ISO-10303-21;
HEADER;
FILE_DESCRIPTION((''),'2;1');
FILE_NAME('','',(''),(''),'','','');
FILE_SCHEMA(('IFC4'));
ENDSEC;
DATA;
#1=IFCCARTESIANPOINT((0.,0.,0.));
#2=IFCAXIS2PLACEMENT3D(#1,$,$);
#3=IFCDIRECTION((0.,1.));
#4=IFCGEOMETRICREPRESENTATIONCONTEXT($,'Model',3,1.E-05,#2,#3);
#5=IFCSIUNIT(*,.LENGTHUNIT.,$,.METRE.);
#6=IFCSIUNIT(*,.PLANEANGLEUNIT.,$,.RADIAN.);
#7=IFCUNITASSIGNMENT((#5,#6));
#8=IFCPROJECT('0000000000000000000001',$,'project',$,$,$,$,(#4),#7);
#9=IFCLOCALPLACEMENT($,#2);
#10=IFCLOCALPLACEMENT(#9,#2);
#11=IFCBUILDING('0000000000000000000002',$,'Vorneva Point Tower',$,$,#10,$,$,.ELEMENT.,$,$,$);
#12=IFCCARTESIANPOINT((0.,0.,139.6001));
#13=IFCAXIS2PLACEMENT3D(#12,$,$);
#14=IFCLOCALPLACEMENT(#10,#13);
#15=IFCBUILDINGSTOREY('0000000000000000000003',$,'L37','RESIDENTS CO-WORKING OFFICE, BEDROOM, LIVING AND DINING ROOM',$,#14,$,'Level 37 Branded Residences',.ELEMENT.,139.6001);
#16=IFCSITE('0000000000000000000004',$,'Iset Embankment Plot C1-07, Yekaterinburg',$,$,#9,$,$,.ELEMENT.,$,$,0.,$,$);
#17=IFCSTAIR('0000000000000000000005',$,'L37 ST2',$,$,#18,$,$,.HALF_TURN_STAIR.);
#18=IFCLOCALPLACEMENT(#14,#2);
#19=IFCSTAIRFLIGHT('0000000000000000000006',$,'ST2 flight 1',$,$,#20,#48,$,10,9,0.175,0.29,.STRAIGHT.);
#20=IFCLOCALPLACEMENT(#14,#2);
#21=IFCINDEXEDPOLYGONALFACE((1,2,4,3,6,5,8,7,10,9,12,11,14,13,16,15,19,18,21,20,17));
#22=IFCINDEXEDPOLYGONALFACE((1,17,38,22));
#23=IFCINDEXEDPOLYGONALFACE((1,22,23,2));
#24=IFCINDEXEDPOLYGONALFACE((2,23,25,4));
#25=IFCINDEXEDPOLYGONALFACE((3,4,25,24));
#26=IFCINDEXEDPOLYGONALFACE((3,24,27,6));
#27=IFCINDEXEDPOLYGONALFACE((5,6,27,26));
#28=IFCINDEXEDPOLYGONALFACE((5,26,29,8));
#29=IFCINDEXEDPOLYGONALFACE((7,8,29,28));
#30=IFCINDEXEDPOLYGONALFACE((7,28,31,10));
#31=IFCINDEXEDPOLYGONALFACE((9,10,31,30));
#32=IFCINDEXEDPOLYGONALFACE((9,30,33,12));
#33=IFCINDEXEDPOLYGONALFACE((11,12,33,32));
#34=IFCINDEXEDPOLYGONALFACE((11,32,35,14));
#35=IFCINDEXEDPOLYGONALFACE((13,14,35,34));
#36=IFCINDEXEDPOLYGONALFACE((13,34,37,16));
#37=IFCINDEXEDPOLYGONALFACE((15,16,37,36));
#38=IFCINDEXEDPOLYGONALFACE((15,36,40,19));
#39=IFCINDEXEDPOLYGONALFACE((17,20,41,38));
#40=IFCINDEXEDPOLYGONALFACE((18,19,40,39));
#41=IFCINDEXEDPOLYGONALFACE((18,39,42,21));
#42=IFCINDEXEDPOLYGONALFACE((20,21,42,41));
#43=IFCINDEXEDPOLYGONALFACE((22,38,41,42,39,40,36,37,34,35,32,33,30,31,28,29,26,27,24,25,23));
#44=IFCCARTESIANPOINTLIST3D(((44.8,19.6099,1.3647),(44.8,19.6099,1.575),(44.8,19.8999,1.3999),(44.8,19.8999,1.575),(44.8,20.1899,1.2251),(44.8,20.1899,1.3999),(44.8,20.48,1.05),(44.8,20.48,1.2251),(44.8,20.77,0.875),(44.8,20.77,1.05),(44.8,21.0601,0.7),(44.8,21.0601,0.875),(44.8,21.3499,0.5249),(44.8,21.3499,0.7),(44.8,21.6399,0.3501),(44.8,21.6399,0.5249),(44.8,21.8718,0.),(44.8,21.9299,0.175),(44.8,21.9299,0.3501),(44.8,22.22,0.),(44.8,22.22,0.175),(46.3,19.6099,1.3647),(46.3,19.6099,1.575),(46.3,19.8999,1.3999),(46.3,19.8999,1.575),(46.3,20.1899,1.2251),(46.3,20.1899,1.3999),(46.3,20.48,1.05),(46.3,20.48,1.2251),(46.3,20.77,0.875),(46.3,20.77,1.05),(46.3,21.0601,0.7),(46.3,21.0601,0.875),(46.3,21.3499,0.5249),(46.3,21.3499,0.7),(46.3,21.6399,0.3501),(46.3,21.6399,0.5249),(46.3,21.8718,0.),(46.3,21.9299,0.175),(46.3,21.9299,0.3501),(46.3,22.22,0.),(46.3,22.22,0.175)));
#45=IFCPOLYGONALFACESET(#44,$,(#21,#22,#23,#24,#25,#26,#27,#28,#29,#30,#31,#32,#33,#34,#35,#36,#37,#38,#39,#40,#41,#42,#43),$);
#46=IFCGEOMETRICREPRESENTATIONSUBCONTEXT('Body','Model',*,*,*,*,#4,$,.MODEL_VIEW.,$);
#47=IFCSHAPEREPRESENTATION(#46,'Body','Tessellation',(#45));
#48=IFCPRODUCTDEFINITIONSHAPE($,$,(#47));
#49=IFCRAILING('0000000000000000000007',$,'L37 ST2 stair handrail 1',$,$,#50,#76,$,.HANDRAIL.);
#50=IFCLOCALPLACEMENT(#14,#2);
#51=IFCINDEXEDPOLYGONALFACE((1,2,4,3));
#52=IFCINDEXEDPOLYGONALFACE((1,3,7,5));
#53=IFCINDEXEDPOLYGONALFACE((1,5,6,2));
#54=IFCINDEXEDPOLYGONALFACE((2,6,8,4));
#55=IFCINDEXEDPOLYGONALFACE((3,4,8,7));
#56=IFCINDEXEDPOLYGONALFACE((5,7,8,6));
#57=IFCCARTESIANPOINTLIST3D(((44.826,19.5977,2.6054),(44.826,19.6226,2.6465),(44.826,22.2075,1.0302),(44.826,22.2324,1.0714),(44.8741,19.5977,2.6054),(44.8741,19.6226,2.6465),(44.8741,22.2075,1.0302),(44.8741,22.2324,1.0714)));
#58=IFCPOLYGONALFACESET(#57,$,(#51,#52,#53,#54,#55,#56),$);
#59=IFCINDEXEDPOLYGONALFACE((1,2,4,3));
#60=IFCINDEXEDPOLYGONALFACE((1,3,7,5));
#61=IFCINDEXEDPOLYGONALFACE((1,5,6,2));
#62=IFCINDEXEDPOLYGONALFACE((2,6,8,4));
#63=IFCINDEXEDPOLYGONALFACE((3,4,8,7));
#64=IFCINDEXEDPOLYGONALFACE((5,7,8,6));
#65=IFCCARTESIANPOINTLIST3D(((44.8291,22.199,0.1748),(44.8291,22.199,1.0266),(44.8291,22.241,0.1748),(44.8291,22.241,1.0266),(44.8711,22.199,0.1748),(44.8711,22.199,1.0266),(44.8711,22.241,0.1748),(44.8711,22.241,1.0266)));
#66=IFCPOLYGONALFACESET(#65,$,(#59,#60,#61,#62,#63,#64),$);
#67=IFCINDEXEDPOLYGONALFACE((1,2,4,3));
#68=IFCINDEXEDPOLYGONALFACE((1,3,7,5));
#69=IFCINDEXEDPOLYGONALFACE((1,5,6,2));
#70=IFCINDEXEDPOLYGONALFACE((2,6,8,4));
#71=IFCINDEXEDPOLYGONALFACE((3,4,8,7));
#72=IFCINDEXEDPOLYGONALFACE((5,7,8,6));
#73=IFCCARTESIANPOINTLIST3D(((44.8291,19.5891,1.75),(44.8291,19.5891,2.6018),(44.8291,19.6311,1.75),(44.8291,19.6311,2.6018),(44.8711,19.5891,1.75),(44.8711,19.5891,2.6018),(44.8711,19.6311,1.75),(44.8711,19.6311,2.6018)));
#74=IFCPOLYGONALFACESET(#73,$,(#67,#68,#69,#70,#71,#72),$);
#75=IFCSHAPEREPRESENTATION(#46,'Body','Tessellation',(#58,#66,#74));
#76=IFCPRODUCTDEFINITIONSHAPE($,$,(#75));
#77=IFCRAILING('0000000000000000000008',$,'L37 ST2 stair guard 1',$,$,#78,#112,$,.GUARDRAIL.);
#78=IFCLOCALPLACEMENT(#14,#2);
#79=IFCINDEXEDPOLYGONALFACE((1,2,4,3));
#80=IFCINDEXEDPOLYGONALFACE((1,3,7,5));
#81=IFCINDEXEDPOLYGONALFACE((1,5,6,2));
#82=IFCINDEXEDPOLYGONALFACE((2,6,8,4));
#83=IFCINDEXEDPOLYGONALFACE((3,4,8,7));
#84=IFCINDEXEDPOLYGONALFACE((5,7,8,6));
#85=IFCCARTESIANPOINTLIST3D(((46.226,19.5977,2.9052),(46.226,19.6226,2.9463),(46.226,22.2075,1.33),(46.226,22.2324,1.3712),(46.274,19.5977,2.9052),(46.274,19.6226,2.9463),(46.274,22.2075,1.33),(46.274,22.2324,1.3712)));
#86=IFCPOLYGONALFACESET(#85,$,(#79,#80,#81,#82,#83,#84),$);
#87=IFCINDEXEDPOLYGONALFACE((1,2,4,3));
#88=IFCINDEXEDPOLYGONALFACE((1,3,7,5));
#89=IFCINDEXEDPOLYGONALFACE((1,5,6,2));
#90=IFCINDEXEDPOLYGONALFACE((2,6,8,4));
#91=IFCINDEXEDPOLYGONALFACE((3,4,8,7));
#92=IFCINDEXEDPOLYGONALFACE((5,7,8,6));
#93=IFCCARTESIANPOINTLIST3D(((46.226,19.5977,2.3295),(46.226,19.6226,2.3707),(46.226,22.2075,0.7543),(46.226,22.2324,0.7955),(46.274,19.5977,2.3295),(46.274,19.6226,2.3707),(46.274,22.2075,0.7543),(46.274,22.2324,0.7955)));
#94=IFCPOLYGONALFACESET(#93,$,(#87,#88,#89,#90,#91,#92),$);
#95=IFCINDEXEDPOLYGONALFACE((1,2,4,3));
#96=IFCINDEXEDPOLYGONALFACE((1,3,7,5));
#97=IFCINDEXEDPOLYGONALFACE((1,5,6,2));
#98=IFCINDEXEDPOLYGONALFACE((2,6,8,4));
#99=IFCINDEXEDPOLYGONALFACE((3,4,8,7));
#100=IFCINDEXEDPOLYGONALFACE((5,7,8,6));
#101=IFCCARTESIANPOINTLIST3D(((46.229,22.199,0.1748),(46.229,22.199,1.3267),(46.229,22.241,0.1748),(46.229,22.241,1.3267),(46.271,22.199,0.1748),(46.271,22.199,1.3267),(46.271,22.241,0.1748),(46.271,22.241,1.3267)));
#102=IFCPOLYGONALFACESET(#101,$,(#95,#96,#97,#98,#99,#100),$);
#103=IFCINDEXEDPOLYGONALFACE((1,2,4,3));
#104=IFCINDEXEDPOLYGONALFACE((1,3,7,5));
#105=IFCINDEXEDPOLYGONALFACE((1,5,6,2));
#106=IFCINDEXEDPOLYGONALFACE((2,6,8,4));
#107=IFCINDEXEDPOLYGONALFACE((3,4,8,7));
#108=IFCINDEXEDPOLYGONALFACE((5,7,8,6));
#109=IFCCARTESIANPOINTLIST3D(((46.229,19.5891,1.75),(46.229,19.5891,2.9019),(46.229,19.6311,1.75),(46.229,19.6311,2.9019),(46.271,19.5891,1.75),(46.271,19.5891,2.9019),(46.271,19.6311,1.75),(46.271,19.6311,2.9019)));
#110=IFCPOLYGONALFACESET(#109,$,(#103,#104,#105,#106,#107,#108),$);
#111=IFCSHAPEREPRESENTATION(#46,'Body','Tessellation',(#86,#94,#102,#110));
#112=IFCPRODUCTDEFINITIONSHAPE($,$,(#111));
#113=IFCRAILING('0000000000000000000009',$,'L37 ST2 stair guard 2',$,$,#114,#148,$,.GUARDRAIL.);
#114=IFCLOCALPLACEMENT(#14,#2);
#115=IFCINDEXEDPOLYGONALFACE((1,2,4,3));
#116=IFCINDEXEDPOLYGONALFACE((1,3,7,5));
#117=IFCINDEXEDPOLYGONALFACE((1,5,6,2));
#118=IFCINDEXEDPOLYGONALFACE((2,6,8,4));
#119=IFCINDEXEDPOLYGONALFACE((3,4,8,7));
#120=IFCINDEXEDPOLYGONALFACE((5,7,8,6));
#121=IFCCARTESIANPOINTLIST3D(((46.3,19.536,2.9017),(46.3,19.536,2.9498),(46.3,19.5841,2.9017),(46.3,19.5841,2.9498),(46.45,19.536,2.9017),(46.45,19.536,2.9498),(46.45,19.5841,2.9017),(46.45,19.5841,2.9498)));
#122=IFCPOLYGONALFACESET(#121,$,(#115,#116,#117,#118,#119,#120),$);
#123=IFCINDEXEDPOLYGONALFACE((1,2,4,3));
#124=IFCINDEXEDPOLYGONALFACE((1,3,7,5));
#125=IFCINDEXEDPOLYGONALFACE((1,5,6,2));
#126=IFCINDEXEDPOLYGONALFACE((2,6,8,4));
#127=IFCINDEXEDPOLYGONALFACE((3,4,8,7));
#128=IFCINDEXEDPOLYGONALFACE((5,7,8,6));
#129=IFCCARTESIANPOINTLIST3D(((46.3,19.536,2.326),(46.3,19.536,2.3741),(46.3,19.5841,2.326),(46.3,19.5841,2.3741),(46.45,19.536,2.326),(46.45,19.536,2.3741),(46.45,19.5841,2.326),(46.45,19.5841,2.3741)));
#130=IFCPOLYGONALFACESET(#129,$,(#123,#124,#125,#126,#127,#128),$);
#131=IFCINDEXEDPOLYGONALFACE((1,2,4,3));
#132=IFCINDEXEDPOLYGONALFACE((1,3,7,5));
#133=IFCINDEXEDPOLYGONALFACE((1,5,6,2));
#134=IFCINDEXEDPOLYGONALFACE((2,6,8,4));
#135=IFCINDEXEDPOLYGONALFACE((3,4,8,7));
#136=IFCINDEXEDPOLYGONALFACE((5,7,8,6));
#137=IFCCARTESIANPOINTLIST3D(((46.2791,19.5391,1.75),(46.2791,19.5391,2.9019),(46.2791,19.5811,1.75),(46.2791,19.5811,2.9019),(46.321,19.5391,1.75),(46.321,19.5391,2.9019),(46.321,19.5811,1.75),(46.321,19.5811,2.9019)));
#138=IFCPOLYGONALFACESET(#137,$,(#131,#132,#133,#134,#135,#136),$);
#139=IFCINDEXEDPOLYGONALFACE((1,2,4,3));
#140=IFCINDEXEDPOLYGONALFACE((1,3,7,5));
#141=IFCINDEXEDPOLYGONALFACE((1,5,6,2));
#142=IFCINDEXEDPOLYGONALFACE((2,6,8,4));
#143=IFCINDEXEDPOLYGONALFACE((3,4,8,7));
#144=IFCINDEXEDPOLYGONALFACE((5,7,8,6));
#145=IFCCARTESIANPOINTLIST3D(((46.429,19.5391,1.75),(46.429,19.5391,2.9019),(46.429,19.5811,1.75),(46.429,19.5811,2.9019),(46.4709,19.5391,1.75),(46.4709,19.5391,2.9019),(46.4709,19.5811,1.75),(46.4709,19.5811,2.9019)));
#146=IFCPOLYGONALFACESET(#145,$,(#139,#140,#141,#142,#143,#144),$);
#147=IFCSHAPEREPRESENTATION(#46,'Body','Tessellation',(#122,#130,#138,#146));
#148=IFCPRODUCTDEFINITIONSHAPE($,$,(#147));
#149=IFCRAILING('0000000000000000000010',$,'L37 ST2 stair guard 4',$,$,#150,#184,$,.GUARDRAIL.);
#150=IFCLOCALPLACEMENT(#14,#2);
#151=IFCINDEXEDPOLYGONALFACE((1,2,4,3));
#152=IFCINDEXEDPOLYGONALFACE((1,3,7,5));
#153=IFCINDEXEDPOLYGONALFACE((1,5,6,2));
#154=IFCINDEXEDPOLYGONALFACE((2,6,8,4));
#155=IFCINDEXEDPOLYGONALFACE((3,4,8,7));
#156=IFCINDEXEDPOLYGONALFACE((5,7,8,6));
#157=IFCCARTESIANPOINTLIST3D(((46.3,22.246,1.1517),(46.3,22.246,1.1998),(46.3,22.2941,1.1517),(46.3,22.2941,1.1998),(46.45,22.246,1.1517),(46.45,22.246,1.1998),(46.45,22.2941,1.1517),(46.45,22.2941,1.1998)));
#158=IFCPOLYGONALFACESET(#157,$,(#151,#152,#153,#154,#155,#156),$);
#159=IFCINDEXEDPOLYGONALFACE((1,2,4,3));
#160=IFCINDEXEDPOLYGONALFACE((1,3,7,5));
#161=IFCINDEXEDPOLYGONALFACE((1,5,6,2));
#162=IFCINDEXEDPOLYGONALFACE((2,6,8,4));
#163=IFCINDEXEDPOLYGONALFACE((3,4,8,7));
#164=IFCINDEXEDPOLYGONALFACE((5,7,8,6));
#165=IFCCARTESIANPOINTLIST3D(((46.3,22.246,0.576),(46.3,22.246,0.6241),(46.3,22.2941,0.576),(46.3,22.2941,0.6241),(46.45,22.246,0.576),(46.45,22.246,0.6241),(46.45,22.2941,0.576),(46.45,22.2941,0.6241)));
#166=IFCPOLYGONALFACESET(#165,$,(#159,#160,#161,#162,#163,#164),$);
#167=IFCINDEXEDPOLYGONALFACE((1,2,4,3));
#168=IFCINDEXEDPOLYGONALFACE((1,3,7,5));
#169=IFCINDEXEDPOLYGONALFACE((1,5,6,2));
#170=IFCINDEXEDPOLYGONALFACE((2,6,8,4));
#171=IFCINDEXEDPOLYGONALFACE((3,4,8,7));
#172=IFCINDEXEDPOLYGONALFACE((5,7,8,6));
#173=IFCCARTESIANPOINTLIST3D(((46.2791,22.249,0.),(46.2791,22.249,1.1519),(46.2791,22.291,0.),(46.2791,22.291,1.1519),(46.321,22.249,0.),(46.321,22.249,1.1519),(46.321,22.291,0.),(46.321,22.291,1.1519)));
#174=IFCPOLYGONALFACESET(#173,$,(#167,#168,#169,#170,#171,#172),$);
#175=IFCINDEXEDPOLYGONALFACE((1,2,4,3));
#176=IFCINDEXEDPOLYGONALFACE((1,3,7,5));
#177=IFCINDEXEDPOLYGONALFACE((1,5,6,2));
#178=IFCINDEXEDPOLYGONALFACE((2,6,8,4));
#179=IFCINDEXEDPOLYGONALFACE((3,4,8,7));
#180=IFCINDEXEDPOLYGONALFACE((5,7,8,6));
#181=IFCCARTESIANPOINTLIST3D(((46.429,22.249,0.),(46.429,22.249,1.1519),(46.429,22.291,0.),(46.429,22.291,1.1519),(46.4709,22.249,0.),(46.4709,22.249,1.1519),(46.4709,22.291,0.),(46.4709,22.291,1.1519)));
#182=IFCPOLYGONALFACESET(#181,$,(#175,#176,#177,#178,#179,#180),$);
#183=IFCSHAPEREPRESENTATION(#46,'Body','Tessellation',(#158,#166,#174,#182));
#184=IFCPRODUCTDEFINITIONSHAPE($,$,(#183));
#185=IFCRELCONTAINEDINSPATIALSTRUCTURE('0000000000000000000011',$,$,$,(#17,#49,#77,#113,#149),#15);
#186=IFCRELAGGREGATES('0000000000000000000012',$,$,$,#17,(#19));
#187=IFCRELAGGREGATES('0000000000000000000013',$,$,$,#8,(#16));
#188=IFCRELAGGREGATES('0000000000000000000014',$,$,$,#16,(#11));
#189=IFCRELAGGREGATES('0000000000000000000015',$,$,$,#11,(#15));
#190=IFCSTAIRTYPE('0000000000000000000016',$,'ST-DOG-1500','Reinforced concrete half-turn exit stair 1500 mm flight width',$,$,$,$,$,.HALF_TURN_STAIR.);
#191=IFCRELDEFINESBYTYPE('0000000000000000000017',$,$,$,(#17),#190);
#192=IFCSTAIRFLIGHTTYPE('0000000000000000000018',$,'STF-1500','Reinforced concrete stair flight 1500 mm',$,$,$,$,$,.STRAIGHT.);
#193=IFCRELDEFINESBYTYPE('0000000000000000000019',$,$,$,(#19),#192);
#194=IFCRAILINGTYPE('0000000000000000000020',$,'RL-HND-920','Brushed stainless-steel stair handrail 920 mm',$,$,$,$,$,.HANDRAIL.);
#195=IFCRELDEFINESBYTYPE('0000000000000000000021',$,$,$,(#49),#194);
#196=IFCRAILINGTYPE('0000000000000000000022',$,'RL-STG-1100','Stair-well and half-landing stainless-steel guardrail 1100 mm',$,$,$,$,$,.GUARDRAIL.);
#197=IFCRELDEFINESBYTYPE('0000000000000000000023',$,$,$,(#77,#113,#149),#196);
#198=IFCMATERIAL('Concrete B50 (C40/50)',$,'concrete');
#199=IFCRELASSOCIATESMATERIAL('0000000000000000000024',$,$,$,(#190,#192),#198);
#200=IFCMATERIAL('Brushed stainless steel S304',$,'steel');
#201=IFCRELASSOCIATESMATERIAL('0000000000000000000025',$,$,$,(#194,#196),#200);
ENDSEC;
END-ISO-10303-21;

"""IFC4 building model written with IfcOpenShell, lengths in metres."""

from ifc_helpers import new_model, si_unit, direction, frame, origin, origin_2d, place, context, subcontext, project, spatial, polyline, rectangle, outline, extrude, material, type_object, element, aggregate, save


model = new_model("IFC4")

# Units and contexts
model_context = context("Model", 3, precision=1e-05, world=origin(), true_north=direction((0.0, 1.0)))
body_context = subcontext(model_context, "Body", "Model", "MODEL_VIEW")
ifc_project = project(units=[si_unit("LENGTHUNIT", "METRE"), si_unit("PLANEANGLEUNIT", "RADIAN")], contexts=[model_context])

# Site, building, storey
site_placement = place(None, origin())
site = spatial("IfcSite", under=ifc_project, at=site_placement, Name="Iset Embankment Plot C1-07, Yekaterinburg", CompositionType="ELEMENT", RefElevation=0.0)
building_placement = place(site_placement, origin())
building = spatial("IfcBuilding", under=site, at=building_placement, Name="Vorneva Point Tower", CompositionType="ELEMENT")
storey_placement = place(building_placement, frame((0.0, 0.0, 139.6001)))
storey = spatial("IfcBuildingStorey", under=building, at=storey_placement, Name="L37", Description="RESIDENTS CO-WORKING OFFICE, BEDROOM, LIVING AND DINING ROOM", LongName="Level 37 Branded Residences", CompositionType="ELEMENT", Elevation=139.6001)

# Shared definitions
ifc_material_1 = material(Name="Concrete B50 (C40/50)", Category="concrete")

# Shared definitions
ifc_material_2 = material(Name="Brushed stainless steel S304", Category="steel")

# Stair, stair flight
stair_type = type_object("IfcStairType", Name="ST-DOG-1500", Description="Reinforced concrete half-turn exit stair 1500 mm flight width", PredefinedType="HALF_TURN_STAIR", material=ifc_material_1)
stair_placement = place(storey_placement, origin())
stair = element("IfcStair", 1, at=stair_placement, inside=storey, type_object=stair_type, Name="L37 ST2", PredefinedType="HALF_TURN_STAIR")
stair_flight_type = type_object("IfcStairFlightType", Name="STF-1500", Description="Reinforced concrete stair flight 1500 mm", PredefinedType="STRAIGHT", material=ifc_material_1)
stair_flight_placement = place(storey_placement, frame((45.55, 22.22, 0.0), z_axis=(0.0, 0.0, 1.0), x_axis=(0.0, -1.0, 0.0)))
stair_flight = element("IfcStairFlight", 2, at=stair_flight_placement, type_object=stair_flight_type, Name="ST2 flight 1", NumberOfRisers=10, NumberOfTreads=9, PredefinedType="STRAIGHT", RiserHeight=0.175, TreadLength=0.29, context=body_context, shape_type="SweptSolid", body=[
    extrude(outline(polyline([(0.0, 0.0), (0.0, 0.175), (0.29, 0.175), (0.29, 0.3501), (0.5801, 0.3501), (0.5801, 0.5249), (0.8701, 0.5249), (0.8701, 0.7), (1.1599, 0.7), (1.1599, 0.875), (1.45, 0.875), (1.45, 1.05), (1.74, 1.05), (1.74, 1.2251), (2.03, 1.2251), (2.03, 1.3999), (2.3201, 1.3999), (2.3201, 1.575), (2.6101, 1.575), (2.6101, 1.75), (2.6101, 1.3647), (0.3481, 0.0), (0.0, 0.0)])), frame((0.0, 0.75, 0.0), z_axis=(0.0, -1.0, 0.0), x_axis=(1.0, 0.0, 0.0)), (0.0, 0.0, 1.0), 1.5),
])
aggregate(stair, [stair_flight])

# Railings
railing_type_1 = type_object("IfcRailingType", Name="RL-HND-920", Description="Brushed stainless-steel stair handrail 920 mm", PredefinedType="HANDRAIL", material=ifc_material_2)
railing_1_placement = place(storey_placement, frame((44.8501, 22.22, 0.1748)))
element("IfcRailing", 3, at=railing_1_placement, inside=storey, type_object=railing_type_1, Name="L37 ST2 stair handrail 1", PredefinedType="HANDRAIL", context=body_context, shape_type="SweptSolid", body=[
    extrude(rectangle(XDim=0.0481, YDim=0.0481, at=origin_2d()), frame((0.0, 0.0, 0.876), z_axis=(0.0, -0.856147, 0.516732), x_axis=(1.0, 0.0, 0.0)), (0.0, 0.0, 1.0), 3.0483),
    extrude(rectangle(XDim=0.042, YDim=0.042, at=origin_2d()), origin(), (0.0, 0.0, 1.0), 0.8518),
    extrude(rectangle(XDim=0.042, YDim=0.042, at=origin_2d()), frame((0.0, -2.6099, 1.5752)), (0.0, 0.0, 1.0), 0.8518),
])
railing_type_2 = type_object("IfcRailingType", Name="RL-STG-1100", Description="Stair-well and half-landing stainless-steel guardrail 1100 mm", PredefinedType="GUARDRAIL", material=ifc_material_2)
railing_2_placement = place(storey_placement, frame((46.25, 22.22, 0.1748)))
element("IfcRailing", 4, at=railing_2_placement, inside=storey, type_object=railing_type_2, Name="L37 ST2 stair guard 1", PredefinedType="GUARDRAIL", context=body_context, shape_type="SweptSolid", body=[
    extrude(rectangle(XDim=0.0481, YDim=0.0481, at=origin_2d()), frame((0.0, 0.0, 1.1758), z_axis=(0.0, -0.856147, 0.516732), x_axis=(1.0, 0.0, 0.0)), (0.0, 0.0, 1.0), 3.0483),
    extrude(rectangle(XDim=0.0481, YDim=0.0481, at=origin_2d()), frame((0.0, 0.0, 0.6001), z_axis=(0.0, -0.856147, 0.516732), x_axis=(1.0, 0.0, 0.0)), (0.0, 0.0, 1.0), 3.0483),
    extrude(rectangle(XDim=0.042, YDim=0.042, at=origin_2d()), origin(), (0.0, 0.0, 1.0), 1.1519),
    extrude(rectangle(XDim=0.042, YDim=0.042, at=origin_2d()), frame((0.0, -2.6099, 1.5752)), (0.0, 0.0, 1.0), 1.1519),
])
for number, where, name in (
    (5, (46.3, 19.5601, 1.75), "L37 ST2 stair guard 2"),
    (6, (46.3, 22.27, 0.0), "L37 ST2 stair guard 4"),
):
    element("IfcRailing", number, at=place(storey_placement, frame(where)), inside=storey, type_object=railing_type_2, Name=name, PredefinedType="GUARDRAIL", context=body_context, shape_type="SweptSolid", body=[
        extrude(rectangle(XDim=0.0481, YDim=0.0481, at=origin_2d()), frame((0.0, 0.0, 1.1758), z_axis=(1.0, 0.0, 0.0), x_axis=(0.0, 1.0, 0.0)), (0.0, 0.0, 1.0), 0.1499),
        extrude(rectangle(XDim=0.0481, YDim=0.0481, at=origin_2d()), frame((0.0, 0.0, 0.6001), z_axis=(1.0, 0.0, 0.0), x_axis=(0.0, 1.0, 0.0)), (0.0, 0.0, 1.0), 0.1499),
        extrude(rectangle(XDim=0.042, YDim=0.042, at=origin_2d()), origin(), (0.0, 0.0, 1.0), 1.1519),
        extrude(rectangle(XDim=0.042, YDim=0.042, at=origin_2d()), frame((0.1499, 0.0, 0.0)), (0.0, 0.0, 1.0), 1.1519),
    ])

save(model, "model.ifc")
